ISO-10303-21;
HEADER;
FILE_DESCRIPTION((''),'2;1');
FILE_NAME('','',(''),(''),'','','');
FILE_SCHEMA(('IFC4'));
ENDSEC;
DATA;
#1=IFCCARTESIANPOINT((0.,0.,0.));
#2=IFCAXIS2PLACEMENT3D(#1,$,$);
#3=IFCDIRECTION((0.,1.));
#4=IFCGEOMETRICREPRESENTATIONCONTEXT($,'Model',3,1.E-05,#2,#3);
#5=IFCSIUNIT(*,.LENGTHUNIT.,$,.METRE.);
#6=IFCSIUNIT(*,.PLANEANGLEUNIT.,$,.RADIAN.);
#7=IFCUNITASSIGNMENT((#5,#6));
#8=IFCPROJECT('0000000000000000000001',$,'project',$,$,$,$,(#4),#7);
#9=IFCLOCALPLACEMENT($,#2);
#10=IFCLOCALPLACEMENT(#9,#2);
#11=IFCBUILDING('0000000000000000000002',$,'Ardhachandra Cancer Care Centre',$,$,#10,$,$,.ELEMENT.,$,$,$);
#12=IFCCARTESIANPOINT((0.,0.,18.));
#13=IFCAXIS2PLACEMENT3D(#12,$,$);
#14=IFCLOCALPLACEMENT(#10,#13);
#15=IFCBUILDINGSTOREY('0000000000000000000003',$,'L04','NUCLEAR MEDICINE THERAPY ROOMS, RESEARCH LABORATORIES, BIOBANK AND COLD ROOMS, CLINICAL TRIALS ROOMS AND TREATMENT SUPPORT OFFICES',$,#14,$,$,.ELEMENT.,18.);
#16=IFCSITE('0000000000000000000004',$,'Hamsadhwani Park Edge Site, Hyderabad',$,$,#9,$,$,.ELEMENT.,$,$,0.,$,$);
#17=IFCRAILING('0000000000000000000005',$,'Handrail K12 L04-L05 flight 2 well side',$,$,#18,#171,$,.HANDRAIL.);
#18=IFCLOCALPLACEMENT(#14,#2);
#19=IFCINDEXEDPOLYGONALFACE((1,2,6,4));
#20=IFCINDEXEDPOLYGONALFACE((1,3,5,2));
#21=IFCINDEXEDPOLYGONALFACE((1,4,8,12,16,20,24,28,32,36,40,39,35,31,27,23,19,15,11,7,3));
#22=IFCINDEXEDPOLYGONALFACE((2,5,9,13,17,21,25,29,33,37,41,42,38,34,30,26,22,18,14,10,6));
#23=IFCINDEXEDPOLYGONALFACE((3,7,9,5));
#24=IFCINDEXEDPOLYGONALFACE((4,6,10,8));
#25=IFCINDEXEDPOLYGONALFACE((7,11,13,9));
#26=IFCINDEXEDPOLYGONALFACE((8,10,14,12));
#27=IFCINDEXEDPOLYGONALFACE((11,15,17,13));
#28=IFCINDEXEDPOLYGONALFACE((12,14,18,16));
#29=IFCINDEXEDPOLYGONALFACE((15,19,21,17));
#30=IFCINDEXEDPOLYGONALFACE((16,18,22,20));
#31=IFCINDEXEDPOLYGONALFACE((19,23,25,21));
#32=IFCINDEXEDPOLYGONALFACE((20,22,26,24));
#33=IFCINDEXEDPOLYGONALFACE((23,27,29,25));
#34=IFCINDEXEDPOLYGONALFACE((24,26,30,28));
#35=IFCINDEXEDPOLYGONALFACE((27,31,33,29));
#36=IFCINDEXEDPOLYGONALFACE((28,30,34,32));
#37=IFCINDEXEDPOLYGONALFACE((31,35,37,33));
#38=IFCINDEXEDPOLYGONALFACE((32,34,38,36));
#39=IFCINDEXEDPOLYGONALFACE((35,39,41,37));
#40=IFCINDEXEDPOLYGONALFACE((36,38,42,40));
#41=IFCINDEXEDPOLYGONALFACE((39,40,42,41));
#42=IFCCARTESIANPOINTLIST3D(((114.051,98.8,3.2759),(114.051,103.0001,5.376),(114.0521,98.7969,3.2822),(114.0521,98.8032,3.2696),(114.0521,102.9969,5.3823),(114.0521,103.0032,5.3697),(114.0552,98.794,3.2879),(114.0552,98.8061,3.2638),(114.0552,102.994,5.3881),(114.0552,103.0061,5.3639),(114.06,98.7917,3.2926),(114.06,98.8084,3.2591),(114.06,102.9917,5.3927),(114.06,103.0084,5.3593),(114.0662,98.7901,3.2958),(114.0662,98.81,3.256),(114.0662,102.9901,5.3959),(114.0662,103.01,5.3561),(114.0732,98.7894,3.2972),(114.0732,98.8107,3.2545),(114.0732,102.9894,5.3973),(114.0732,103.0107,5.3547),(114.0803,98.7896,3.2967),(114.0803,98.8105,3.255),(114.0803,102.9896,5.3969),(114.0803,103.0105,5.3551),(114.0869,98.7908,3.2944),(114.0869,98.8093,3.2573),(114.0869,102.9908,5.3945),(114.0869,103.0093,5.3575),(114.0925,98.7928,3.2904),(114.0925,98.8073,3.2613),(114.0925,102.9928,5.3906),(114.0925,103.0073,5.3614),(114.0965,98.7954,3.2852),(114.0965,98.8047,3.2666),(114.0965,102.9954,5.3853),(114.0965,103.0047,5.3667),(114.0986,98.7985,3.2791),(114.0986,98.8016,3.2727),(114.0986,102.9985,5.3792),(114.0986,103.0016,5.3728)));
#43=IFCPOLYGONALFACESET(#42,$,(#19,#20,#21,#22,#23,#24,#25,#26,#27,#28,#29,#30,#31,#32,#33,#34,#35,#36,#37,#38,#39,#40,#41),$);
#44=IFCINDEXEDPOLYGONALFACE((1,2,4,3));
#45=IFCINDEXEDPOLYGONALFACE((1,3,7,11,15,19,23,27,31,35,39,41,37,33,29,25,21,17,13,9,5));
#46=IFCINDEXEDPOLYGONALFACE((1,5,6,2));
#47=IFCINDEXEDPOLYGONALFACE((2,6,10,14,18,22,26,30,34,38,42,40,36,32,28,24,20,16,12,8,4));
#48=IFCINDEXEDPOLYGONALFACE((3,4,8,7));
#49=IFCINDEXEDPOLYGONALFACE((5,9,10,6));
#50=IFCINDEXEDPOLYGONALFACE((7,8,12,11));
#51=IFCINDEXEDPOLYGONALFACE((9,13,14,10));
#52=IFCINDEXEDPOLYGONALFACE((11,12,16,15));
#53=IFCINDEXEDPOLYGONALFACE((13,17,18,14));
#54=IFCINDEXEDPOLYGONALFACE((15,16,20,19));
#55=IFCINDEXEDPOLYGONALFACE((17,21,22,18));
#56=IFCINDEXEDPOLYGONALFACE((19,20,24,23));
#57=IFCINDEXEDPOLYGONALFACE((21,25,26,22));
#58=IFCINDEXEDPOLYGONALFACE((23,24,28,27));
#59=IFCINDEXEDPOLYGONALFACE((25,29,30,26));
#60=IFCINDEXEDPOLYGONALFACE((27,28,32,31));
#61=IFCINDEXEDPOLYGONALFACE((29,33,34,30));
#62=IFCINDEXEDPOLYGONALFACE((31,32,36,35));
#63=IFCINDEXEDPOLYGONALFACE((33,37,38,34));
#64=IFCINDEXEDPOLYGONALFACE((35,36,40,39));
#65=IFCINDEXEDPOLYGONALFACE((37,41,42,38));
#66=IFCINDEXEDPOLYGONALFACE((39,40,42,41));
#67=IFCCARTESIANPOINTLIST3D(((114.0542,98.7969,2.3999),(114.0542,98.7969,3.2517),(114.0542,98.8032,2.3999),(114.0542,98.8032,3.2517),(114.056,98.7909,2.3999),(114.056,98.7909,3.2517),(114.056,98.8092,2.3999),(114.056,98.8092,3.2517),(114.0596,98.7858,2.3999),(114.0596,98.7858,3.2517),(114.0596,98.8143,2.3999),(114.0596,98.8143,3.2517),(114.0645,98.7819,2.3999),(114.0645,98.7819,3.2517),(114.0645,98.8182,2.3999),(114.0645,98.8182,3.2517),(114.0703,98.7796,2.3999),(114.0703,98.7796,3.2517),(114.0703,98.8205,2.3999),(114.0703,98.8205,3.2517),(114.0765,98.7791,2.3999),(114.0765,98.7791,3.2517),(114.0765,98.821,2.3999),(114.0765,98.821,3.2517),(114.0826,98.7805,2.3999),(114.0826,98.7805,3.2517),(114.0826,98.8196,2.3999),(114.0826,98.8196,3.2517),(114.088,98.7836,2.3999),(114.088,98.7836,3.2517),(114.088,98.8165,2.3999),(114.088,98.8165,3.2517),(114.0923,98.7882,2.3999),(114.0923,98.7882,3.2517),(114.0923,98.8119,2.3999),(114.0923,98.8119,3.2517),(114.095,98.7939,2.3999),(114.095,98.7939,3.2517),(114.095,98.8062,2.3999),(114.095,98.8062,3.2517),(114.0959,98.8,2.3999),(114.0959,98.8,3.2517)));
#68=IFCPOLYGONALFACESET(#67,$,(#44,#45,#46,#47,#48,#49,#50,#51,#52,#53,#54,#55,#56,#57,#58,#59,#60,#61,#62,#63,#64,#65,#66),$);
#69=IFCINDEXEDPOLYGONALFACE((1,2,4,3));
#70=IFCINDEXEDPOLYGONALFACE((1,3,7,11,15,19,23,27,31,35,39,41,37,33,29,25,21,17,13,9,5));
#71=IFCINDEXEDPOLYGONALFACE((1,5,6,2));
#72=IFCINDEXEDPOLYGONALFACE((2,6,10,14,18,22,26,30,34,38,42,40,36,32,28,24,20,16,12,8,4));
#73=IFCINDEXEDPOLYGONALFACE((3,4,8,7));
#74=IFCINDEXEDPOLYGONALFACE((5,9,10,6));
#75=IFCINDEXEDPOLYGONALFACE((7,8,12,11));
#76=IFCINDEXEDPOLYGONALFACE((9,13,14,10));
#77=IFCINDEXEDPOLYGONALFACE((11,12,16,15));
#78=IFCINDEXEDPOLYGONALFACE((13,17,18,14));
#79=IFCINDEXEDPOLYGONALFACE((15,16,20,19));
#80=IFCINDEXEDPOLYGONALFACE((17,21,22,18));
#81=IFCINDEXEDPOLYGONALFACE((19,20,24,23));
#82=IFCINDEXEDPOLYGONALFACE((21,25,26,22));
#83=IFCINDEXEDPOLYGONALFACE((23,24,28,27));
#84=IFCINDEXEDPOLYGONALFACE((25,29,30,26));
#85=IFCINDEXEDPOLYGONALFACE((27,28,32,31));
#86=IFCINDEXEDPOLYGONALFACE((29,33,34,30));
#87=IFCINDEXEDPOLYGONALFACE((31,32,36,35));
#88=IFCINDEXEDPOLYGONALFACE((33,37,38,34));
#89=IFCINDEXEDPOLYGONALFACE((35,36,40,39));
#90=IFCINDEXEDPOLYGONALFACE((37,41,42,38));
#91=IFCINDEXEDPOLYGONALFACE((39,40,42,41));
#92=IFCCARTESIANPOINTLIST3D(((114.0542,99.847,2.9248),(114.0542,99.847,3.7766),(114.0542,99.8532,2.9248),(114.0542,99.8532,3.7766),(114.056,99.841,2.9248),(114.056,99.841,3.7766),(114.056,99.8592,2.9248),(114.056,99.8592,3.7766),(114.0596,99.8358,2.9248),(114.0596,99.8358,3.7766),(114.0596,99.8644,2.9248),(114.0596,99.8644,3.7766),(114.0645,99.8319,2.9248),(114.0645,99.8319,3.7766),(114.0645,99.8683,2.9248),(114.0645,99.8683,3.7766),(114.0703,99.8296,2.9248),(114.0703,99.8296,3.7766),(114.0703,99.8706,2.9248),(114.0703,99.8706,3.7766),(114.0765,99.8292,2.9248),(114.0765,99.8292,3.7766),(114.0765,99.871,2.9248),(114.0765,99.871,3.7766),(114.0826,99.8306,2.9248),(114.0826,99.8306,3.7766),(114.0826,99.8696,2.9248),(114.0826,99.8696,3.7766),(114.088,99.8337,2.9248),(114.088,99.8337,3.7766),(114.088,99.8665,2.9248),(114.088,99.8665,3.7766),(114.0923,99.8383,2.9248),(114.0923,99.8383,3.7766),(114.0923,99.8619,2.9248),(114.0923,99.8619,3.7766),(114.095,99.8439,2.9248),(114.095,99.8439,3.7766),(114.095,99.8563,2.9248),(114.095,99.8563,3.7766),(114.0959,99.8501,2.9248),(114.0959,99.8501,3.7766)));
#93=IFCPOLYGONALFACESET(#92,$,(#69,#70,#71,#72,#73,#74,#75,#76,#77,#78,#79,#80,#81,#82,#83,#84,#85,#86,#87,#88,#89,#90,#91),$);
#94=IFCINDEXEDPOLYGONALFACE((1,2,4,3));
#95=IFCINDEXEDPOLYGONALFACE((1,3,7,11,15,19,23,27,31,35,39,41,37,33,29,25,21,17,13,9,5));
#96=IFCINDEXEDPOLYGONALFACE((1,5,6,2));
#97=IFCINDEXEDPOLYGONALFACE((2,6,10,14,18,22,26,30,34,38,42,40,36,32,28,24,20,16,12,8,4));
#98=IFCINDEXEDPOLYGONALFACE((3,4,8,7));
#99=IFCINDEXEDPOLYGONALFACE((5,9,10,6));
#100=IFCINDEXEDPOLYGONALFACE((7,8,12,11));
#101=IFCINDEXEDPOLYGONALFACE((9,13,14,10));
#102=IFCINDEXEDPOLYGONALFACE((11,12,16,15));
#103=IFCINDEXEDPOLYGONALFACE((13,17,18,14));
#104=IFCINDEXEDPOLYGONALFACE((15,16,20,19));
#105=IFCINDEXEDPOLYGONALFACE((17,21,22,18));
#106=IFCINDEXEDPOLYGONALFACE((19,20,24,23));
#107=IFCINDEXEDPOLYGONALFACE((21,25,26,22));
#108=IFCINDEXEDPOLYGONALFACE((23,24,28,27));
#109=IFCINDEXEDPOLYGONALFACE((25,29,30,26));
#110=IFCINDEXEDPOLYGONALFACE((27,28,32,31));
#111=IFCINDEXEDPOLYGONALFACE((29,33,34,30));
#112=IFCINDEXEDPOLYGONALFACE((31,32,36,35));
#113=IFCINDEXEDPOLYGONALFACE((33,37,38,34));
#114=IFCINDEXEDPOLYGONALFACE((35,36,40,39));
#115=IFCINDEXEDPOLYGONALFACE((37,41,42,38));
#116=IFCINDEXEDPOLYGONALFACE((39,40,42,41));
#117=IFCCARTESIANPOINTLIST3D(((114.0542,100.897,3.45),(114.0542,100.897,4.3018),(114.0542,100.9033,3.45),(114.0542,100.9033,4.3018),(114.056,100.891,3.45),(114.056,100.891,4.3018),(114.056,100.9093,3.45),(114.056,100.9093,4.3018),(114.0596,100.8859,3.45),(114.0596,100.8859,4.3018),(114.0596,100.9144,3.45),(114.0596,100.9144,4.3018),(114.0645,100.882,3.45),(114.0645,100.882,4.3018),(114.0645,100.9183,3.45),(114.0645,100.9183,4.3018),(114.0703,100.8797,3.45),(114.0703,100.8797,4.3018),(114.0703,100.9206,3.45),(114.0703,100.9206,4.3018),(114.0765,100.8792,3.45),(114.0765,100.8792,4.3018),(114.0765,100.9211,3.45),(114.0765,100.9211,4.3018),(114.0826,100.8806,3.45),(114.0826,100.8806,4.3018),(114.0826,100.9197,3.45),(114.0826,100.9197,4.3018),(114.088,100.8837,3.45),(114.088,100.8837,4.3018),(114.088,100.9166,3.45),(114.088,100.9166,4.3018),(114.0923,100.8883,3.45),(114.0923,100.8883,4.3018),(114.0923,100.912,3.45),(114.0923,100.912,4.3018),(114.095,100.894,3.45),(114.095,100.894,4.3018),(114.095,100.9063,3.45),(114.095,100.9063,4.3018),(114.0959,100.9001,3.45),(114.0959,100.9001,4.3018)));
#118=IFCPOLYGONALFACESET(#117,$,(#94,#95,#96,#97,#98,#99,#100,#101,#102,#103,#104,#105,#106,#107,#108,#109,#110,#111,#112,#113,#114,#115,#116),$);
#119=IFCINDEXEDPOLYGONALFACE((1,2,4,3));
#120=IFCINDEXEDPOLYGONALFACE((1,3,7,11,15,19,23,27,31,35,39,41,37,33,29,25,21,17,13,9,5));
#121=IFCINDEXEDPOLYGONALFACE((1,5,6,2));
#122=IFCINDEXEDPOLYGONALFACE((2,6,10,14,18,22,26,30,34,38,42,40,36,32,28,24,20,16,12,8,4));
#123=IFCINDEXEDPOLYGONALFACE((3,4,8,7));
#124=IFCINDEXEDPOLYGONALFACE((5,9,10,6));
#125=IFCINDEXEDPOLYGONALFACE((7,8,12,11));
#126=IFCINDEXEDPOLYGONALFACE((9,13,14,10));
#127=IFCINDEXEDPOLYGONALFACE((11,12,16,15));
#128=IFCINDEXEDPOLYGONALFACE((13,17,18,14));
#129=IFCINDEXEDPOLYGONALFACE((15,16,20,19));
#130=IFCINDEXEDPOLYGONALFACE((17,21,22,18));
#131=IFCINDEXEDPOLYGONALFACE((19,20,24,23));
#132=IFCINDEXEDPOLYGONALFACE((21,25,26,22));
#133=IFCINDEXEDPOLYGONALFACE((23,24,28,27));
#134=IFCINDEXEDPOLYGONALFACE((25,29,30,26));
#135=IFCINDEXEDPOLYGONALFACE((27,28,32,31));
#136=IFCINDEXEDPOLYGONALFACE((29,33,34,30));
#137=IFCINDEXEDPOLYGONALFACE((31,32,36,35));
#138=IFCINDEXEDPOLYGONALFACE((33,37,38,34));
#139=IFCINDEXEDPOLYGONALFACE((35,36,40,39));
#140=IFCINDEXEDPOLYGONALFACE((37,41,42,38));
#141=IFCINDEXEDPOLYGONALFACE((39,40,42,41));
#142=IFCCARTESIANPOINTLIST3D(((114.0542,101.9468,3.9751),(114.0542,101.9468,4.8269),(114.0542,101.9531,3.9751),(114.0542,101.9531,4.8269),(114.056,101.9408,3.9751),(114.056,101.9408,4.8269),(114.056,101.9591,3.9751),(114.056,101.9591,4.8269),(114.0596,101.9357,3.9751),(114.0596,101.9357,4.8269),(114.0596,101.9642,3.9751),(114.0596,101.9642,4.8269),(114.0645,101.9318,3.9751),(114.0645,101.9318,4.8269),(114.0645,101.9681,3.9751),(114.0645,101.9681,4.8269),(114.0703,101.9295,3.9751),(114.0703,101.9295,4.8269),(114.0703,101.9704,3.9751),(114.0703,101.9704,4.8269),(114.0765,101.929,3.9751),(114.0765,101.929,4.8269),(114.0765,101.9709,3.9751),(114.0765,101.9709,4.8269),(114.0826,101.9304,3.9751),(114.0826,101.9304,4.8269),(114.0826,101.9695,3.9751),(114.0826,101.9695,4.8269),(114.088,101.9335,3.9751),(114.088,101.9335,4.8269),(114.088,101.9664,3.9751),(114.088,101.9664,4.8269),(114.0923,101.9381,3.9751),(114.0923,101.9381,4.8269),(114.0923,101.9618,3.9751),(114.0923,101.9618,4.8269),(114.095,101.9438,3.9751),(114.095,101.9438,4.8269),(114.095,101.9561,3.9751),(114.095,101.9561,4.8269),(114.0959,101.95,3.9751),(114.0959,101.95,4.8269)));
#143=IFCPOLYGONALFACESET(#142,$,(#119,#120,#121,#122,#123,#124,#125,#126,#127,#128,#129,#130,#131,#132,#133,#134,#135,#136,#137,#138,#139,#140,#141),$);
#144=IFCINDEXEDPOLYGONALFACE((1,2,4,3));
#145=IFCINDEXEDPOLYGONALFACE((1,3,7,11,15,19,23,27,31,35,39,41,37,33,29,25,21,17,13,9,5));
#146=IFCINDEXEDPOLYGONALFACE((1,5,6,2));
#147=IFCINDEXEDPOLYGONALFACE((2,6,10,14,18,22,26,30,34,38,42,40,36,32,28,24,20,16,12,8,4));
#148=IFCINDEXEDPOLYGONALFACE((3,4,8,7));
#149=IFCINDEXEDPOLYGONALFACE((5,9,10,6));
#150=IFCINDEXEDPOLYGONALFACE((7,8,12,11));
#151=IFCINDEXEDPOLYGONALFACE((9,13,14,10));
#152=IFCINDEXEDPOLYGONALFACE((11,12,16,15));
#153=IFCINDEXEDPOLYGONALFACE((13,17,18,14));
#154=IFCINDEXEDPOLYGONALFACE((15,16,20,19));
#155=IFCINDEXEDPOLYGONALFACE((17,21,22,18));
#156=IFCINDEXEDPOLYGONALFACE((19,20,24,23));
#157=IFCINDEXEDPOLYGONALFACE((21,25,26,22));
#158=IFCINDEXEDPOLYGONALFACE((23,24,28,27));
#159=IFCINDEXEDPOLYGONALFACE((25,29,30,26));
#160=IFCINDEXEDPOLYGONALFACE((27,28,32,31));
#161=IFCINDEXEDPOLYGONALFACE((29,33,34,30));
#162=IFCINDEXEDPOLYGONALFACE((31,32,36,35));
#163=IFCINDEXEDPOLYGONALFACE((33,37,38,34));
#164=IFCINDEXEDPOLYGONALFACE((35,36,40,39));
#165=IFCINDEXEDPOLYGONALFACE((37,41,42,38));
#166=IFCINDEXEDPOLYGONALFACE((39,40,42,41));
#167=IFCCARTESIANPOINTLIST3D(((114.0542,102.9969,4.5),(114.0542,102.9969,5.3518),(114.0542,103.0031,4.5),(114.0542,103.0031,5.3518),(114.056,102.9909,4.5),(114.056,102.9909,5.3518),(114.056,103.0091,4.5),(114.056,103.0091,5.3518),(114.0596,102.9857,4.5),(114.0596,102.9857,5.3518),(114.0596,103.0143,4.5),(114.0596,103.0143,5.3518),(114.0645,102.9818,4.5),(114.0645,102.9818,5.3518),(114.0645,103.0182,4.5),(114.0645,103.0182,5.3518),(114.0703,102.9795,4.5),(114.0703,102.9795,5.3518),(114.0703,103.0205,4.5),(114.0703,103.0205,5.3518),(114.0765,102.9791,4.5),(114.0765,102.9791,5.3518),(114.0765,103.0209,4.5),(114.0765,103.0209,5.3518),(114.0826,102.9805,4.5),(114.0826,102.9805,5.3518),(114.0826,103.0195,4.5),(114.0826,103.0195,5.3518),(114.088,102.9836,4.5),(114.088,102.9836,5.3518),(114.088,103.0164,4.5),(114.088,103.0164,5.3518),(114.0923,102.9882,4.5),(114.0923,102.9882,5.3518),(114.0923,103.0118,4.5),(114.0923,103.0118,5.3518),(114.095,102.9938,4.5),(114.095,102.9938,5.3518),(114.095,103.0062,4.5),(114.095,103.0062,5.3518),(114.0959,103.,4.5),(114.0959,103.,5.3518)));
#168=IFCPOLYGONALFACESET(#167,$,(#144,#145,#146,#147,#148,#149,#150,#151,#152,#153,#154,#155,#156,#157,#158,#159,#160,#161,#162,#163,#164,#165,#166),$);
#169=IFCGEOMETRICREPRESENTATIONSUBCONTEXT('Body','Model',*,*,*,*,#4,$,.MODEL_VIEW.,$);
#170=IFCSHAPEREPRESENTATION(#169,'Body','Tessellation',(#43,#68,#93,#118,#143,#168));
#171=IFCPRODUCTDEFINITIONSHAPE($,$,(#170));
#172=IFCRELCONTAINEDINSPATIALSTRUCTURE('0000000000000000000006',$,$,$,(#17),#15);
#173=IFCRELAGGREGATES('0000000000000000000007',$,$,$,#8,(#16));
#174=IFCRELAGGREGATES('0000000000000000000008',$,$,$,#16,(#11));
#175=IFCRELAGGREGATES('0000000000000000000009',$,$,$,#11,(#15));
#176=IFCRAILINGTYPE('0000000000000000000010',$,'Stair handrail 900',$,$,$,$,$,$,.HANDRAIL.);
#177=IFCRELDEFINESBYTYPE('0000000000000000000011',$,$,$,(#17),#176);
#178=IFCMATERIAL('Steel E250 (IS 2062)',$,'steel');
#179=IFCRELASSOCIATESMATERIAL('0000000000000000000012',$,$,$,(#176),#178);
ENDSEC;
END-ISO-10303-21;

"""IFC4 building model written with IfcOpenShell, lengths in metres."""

from ifc_helpers import new_model, si_unit, direction, frame, origin, origin_2d, place, context, subcontext, project, spatial, circle, extrude, material, type_object, element, save


model = new_model("IFC4")

# Units and contexts
model_context = context("Model", 3, precision=1e-05, world=origin(), true_north=direction((0.0, 1.0)))
body_context = subcontext(model_context, "Body", "Model", "MODEL_VIEW")
ifc_project = project(units=[si_unit("LENGTHUNIT", "METRE"), si_unit("PLANEANGLEUNIT", "RADIAN")], contexts=[model_context])

# Site, building, storey
site_placement = place(None, origin())
site = spatial("IfcSite", under=ifc_project, at=site_placement, Name="Hamsadhwani Park Edge Site, Hyderabad", CompositionType="ELEMENT", RefElevation=0.0)
building_placement = place(site_placement, origin())
building = spatial("IfcBuilding", under=site, at=building_placement, Name="Ardhachandra Cancer Care Centre", CompositionType="ELEMENT")
storey_placement = place(building_placement, frame((0.0, 0.0, 18.0)))
storey = spatial("IfcBuildingStorey", under=building, at=storey_placement, Name="L04", Description="NUCLEAR MEDICINE THERAPY ROOMS, RESEARCH LABORATORIES, BIOBANK AND COLD ROOMS, CLINICAL TRIALS ROOMS AND TREATMENT SUPPORT OFFICES", CompositionType="ELEMENT", Elevation=18.0)

# Railing
ifc_material_1 = material(Name="Steel E250 (IS 2062)", Category="steel")
railing_type_1 = type_object("IfcRailingType", Name="Stair handrail 900", PredefinedType="HANDRAIL", material=ifc_material_1)
for number, where, name in (
    (1, (114.075, 98.8, 2.3999), "Handrail K12 L04-L05 flight 2 well side"),
):
    element("IfcRailing", number, at=place(storey_placement, frame(where)), inside=storey, type_object=railing_type_1, Name=name, PredefinedType="HANDRAIL", context=body_context, shape_type="SweptSolid", body=[
        extrude(circle(Radius=0.0239, at=origin_2d()), frame((0.0, 0.0, 0.876), z_axis=(0.0, 0.894417, 0.447234), x_axis=(-1.0, 0.0, 0.0)), (0.0, 0.0, 1.0), 4.6958),
        extrude(circle(Radius=0.021, at=origin_2d()), origin(), (0.0, 0.0, 1.0), 0.8518),
        extrude(circle(Radius=0.021, at=origin_2d()), frame((0.0, 1.05, 0.5249)), (0.0, 0.0, 1.0), 0.8518),
        extrude(circle(Radius=0.021, at=origin_2d()), frame((0.0, 2.1001, 1.05)), (0.0, 0.0, 1.0), 0.8518),
        extrude(circle(Radius=0.021, at=origin_2d()), frame((0.0, 3.1499, 1.5752)), (0.0, 0.0, 1.0), 0.8518),
        extrude(circle(Radius=0.021, at=origin_2d()), frame((0.0, 4.2, 2.1001)), (0.0, 0.0, 1.0), 0.8518),
    ])

save(model, "model.ifc")
